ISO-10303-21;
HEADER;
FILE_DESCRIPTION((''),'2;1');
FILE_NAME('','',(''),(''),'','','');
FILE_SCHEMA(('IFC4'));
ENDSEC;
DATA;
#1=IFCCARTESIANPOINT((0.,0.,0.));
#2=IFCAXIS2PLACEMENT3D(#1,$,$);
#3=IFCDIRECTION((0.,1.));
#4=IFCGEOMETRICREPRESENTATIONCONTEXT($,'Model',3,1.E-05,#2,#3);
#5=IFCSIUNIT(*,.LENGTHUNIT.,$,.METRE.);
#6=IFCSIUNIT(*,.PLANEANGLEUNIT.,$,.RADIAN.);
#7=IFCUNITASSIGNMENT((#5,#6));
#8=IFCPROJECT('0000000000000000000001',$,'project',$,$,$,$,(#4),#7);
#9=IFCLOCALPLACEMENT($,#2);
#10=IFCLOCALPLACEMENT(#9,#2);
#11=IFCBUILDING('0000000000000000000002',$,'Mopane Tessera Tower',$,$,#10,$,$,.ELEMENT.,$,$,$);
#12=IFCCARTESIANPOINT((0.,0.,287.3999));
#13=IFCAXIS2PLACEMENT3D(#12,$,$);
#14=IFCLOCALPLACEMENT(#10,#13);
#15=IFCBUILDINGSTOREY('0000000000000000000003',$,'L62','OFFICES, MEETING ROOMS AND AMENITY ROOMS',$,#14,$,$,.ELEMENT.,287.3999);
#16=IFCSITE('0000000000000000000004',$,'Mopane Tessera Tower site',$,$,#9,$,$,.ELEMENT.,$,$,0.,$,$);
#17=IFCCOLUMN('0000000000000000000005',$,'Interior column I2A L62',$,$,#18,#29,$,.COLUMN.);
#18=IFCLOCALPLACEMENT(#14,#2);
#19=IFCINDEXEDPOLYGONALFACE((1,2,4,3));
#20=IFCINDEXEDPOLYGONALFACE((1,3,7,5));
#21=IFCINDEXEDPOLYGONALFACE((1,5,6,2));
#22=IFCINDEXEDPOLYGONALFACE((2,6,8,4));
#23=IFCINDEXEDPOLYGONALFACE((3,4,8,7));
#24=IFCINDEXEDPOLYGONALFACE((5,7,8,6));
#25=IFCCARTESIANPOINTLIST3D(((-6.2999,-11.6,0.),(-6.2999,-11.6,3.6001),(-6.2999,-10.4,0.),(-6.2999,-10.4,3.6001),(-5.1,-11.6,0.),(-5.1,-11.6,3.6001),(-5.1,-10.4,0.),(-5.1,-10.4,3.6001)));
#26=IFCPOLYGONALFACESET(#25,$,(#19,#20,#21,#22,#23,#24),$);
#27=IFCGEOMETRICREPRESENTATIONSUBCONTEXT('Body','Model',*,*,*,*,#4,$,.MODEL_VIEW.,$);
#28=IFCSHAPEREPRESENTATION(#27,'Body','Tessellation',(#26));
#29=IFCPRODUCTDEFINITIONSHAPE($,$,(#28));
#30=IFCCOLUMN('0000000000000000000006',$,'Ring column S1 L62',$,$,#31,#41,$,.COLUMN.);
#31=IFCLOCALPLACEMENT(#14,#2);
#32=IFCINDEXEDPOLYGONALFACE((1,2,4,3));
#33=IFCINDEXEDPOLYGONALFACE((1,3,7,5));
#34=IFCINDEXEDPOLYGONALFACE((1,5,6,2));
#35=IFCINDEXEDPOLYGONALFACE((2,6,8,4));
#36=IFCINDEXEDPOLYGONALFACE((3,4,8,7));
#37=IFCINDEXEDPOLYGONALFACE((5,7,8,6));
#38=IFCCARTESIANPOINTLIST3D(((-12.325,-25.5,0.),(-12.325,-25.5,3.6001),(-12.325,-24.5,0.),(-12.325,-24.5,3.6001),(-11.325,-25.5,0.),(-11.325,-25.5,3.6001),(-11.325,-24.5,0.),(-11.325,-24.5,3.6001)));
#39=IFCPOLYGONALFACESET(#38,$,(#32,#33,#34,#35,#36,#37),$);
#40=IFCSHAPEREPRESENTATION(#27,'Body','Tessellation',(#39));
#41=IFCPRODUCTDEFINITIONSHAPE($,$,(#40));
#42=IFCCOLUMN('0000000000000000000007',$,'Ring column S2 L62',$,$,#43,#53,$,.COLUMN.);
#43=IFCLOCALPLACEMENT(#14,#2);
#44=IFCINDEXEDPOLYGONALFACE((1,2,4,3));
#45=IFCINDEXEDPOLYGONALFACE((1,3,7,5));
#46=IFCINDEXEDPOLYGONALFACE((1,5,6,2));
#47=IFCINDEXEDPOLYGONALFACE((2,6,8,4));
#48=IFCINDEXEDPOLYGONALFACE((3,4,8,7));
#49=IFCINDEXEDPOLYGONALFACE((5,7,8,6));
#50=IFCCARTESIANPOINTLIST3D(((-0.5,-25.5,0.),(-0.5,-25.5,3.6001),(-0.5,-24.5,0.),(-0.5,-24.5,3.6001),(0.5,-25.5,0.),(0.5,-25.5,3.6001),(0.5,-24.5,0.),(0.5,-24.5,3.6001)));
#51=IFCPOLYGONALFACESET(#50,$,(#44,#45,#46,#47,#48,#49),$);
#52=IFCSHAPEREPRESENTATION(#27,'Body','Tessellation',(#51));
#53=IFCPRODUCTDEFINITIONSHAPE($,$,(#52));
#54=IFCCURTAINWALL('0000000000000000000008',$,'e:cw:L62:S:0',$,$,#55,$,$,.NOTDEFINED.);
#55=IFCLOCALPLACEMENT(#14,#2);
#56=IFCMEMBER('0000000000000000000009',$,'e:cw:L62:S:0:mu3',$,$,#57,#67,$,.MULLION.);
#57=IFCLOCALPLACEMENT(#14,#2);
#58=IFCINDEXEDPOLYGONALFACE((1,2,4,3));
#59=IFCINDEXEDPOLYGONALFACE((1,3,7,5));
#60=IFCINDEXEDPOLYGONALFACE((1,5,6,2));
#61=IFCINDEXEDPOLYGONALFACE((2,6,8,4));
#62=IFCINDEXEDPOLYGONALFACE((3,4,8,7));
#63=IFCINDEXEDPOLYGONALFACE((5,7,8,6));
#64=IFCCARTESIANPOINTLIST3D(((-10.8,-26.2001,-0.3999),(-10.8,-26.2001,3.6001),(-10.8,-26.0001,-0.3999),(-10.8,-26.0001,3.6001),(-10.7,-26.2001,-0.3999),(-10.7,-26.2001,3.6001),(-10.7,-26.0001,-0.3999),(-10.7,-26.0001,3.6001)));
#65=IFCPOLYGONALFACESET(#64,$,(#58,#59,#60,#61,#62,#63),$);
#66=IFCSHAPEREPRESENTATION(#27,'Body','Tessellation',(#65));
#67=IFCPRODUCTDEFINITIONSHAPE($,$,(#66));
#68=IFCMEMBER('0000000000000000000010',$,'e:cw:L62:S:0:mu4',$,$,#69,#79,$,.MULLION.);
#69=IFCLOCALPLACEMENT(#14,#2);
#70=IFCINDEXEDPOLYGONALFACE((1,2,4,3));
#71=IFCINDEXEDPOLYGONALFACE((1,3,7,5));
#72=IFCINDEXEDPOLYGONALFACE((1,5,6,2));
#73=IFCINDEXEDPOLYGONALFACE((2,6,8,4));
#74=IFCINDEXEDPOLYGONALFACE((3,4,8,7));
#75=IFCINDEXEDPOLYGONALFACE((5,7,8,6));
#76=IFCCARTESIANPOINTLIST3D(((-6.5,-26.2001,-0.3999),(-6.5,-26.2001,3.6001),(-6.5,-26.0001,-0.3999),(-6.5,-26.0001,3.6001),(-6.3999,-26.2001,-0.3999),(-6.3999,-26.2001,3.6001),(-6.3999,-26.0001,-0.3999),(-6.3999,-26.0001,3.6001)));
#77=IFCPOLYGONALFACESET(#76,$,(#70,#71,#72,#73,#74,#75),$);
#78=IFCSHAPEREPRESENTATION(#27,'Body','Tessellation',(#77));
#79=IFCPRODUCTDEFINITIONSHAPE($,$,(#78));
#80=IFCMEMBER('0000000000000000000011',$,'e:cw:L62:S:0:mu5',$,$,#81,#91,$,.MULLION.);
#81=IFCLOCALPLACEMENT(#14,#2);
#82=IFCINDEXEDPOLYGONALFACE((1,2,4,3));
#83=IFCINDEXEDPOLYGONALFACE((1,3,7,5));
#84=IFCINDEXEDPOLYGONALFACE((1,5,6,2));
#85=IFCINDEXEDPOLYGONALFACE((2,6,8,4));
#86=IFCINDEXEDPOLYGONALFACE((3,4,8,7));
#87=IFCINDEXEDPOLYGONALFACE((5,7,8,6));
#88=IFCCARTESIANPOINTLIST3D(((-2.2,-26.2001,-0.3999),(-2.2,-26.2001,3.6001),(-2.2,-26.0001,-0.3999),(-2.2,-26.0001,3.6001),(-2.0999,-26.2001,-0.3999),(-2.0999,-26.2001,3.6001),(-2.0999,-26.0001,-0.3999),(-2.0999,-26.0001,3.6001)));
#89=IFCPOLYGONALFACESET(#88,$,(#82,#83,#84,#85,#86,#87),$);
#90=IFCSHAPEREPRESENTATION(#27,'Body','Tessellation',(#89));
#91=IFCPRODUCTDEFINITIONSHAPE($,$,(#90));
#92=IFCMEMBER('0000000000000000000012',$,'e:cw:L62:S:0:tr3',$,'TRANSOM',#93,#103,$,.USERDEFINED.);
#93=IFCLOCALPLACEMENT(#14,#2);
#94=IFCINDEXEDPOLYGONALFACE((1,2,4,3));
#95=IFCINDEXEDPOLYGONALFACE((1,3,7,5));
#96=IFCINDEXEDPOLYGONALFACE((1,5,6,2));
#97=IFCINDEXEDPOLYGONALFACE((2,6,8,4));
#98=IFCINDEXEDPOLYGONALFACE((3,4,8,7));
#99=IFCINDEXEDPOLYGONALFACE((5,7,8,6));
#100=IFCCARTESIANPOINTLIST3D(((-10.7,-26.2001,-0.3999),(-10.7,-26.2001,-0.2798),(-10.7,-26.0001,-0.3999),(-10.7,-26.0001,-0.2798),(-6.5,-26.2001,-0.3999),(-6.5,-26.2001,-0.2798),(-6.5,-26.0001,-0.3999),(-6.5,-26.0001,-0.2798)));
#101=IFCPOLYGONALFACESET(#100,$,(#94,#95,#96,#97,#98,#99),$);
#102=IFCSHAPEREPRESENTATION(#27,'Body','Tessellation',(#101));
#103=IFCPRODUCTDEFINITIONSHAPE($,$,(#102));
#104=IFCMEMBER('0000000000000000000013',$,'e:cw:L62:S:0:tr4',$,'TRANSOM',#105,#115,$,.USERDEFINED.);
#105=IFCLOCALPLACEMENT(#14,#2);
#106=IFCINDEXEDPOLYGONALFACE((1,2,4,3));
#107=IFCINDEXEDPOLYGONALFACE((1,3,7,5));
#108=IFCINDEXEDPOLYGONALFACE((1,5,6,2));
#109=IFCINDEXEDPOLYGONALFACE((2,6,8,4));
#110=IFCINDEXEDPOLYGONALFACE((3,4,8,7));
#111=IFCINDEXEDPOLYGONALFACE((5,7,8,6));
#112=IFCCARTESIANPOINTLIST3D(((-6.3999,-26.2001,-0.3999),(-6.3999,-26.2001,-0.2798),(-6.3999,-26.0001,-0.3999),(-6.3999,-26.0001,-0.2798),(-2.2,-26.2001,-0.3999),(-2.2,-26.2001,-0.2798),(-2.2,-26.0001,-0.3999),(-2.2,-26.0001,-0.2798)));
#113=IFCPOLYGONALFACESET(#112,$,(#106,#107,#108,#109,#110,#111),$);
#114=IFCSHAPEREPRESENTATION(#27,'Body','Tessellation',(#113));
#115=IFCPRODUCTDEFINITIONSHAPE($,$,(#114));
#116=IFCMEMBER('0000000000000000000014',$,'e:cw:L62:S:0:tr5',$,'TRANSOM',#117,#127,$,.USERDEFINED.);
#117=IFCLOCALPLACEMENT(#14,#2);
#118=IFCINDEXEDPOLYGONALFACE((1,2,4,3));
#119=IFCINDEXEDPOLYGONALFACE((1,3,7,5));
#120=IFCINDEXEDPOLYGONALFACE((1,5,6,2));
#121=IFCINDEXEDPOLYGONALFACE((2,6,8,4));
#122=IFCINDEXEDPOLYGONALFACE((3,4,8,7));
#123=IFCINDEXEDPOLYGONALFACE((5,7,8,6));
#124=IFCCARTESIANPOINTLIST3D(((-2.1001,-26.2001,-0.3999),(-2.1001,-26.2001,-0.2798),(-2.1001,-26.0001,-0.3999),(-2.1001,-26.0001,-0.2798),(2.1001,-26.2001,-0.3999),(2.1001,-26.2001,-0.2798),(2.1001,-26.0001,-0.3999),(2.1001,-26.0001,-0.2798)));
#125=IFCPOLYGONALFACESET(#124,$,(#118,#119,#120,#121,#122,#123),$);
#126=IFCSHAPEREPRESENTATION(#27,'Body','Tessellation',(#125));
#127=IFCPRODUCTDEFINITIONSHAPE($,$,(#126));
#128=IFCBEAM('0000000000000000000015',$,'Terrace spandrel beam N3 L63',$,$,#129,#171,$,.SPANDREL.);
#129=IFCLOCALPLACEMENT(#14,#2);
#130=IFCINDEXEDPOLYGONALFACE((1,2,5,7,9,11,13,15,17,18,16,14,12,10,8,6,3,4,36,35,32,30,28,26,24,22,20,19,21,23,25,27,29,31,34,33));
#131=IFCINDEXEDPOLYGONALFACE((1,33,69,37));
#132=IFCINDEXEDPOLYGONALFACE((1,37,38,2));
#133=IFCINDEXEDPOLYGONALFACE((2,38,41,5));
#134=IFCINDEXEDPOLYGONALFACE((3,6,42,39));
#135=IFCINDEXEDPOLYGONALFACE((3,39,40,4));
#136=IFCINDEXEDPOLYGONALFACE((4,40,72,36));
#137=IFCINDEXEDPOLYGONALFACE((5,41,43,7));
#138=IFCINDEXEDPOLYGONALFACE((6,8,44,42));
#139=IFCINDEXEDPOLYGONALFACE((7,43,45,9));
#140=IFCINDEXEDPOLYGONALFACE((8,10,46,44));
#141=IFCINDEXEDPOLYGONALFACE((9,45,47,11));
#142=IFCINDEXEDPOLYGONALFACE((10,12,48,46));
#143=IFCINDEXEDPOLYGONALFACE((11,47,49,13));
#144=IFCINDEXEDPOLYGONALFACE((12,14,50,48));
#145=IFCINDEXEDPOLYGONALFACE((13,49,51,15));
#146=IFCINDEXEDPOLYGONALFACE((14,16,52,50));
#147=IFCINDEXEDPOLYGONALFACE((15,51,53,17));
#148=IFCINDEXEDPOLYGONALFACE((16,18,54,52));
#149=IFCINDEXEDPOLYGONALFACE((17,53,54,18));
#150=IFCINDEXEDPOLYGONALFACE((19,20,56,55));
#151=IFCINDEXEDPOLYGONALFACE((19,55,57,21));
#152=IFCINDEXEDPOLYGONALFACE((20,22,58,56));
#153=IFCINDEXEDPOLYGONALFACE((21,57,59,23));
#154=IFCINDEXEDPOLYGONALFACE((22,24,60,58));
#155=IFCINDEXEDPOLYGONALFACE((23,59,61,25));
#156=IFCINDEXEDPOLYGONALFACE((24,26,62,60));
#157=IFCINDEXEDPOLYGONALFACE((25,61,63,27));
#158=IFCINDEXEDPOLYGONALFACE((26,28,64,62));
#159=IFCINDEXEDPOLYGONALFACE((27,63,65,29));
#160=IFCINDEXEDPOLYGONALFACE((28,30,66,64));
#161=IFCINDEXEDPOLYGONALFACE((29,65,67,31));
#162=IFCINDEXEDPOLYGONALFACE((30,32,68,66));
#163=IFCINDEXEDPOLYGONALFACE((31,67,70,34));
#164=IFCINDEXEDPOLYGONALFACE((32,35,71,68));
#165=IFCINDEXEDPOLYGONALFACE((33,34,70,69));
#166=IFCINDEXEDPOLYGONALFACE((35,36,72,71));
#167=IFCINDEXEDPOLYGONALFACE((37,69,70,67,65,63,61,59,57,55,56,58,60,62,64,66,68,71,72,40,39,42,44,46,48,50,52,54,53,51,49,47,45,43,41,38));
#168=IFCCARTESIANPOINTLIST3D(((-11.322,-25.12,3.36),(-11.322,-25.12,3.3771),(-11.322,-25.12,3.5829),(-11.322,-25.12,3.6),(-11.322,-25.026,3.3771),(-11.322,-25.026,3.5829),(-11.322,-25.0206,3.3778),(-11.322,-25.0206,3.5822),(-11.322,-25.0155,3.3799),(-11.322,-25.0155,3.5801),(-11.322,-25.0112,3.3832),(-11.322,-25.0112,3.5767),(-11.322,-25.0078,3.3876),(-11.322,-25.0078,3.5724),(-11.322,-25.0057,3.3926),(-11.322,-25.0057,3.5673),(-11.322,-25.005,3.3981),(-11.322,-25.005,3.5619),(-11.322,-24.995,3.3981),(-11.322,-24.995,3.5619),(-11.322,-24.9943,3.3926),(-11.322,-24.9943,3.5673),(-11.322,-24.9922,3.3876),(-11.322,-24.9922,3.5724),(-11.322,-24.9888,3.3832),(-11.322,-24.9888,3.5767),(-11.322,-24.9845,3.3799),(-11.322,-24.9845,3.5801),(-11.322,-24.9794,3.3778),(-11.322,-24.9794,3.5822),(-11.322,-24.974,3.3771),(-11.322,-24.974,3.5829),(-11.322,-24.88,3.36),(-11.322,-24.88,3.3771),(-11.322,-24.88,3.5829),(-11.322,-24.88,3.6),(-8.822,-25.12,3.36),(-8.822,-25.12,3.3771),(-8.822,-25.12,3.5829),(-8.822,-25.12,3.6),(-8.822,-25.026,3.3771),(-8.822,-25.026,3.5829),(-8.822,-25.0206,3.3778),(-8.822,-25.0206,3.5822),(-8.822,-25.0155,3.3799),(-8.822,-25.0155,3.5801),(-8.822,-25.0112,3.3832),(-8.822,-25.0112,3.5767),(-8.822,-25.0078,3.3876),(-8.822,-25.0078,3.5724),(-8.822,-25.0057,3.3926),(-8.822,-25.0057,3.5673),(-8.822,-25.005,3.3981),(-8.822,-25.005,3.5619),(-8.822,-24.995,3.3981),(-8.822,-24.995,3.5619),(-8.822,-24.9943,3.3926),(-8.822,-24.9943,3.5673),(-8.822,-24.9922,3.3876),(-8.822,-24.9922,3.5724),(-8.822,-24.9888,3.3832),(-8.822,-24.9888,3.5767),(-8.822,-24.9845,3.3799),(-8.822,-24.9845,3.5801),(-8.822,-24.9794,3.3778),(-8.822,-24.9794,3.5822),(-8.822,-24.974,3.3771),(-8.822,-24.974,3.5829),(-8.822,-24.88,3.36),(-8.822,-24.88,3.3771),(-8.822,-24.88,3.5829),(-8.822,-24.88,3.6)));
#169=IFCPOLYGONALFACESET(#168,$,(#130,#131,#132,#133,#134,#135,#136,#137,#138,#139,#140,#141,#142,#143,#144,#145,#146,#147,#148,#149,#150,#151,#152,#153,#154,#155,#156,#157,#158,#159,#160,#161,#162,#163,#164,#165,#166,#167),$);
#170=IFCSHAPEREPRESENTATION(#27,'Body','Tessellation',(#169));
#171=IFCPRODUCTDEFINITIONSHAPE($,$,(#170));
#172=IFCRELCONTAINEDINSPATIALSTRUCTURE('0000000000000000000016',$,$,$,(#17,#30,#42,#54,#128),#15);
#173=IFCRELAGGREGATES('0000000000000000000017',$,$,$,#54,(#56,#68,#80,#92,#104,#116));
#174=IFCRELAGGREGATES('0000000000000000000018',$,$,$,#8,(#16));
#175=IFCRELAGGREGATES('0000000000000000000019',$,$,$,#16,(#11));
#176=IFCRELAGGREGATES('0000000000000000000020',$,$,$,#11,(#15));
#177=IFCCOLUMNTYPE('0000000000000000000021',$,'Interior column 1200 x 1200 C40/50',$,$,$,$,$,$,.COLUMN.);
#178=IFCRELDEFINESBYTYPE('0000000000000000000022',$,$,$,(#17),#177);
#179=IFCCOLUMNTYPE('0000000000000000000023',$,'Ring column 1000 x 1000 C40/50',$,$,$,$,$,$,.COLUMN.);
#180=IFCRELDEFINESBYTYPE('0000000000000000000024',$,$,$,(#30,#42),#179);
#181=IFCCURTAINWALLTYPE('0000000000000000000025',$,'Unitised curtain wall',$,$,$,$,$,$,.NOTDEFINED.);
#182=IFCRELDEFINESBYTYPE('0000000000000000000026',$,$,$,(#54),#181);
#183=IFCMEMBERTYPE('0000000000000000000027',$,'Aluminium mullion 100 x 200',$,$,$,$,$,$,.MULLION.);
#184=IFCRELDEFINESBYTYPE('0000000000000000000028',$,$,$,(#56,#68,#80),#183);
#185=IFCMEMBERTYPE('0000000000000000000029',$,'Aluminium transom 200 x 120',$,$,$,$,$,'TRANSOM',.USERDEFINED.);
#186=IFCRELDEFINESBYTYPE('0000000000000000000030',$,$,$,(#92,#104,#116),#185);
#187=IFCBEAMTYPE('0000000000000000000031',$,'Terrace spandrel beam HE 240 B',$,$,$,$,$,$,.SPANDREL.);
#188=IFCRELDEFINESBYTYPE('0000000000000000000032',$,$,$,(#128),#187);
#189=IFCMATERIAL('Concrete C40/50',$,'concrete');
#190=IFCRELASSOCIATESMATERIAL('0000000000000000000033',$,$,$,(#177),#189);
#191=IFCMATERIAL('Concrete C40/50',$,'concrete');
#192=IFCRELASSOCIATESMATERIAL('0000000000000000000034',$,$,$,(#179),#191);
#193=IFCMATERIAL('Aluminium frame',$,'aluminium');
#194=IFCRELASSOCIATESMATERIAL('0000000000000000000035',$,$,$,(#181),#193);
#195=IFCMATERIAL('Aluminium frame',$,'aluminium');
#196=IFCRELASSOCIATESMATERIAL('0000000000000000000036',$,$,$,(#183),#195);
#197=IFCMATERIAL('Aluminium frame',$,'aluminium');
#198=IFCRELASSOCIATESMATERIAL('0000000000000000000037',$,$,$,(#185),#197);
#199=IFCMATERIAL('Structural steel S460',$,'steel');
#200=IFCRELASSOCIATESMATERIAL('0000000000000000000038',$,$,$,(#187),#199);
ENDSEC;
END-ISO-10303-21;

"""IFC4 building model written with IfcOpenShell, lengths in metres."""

from ifc_helpers import new_model, si_unit, direction, frame, origin, origin_2d, place, context, subcontext, project, spatial, rectangle, i_section, extrude, material, material_profile, profile_set, type_object, element, aggregate, save


model = new_model("IFC4")

# Units and contexts
model_context = context("Model", 3, precision=1e-05, world=origin(), true_north=direction((0.0, 1.0)))
body_context = subcontext(model_context, "Body", "Model", "MODEL_VIEW")
ifc_project = project(units=[si_unit("LENGTHUNIT", "METRE"), si_unit("PLANEANGLEUNIT", "RADIAN")], contexts=[model_context])

# Site, building, storey
site_placement = place(None, origin())
site = spatial("IfcSite", under=ifc_project, at=site_placement, Name="Mopane Tessera Tower site", CompositionType="ELEMENT", RefElevation=0.0)
building_placement = place(site_placement, origin())
building = spatial("IfcBuilding", under=site, at=building_placement, Name="Mopane Tessera Tower", CompositionType="ELEMENT")
storey_placement = place(building_placement, frame((0.0, 0.0, 287.3999)))
storey = spatial("IfcBuildingStorey", under=building, at=storey_placement, Name="L62", Description="OFFICES, MEETING ROOMS AND AMENITY ROOMS", CompositionType="ELEMENT", Elevation=287.3999)

# Columns
ifc_material_1 = material(Name="Concrete C40/50", Category="concrete")
ifc_material_profile_1 = material_profile(ifc_material_1, rectangle(XDim=1.2, YDim=1.2, at=origin_2d()))
ifc_profile_set_1 = profile_set([ifc_material_profile_1], Name="Concrete C40/50")
column_type_1 = type_object("IfcColumnType", Name="Interior column 1200 x 1200 C40/50", PredefinedType="COLUMN", material=ifc_profile_set_1)
column_placement = place(storey_placement, frame((-5.7, -11.0, 0.0), z_axis=(0.0, 0.0, 1.0), x_axis=(1.0, 0.0, 0.0)))
element("IfcColumn", 1, at=column_placement, inside=storey, type_object=column_type_1, Name="Interior column I2A L62", PredefinedType="COLUMN", context=body_context, shape_type="SweptSolid", body=[
    extrude(rectangle(XDim=1.2, YDim=1.2, at=origin_2d()), origin(), (0.0, 0.0, 1.0), 3.6001),
])
ifc_material_2 = material(Name="Concrete C40/50", Category="concrete")
ifc_material_profile_2 = material_profile(ifc_material_2, rectangle(XDim=1.0, YDim=1.0, at=origin_2d()))
ifc_profile_set_2 = profile_set([ifc_material_profile_2], Name="Concrete C40/50")
column_type_2 = type_object("IfcColumnType", Name="Ring column 1000 x 1000 C40/50", PredefinedType="COLUMN", material=ifc_profile_set_2)
for number, where, z_axis, x_axis, name in (
    (2, (-11.825, -25.0, 0.0), (0.0, 0.0, 1.0), (1.0, 0.0, 0.0), "Ring column S1 L62"),
    (3, (0.0, -25.0, 0.0), (0.0, 0.0, 1.0), (1.0, 0.0, 0.0), "Ring column S2 L62"),
):
    element("IfcColumn", number, at=place(storey_placement, frame(where, z_axis=z_axis, x_axis=x_axis)), inside=storey, type_object=column_type_2, Name=name, PredefinedType="COLUMN", context=body_context, shape_type="SweptSolid", body=[
        extrude(rectangle(XDim=1.0, YDim=1.0, at=origin_2d()), origin(), (0.0, 0.0, 1.0), 3.6001),
    ])

# Curtain wall, members
ifc_material_3 = material(Name="Aluminium frame", Category="aluminium")
curtain_wall_type = type_object("IfcCurtainWallType", Name="Unitised curtain wall", PredefinedType="NOTDEFINED", material=ifc_material_3)
curtain_wall_placement = place(storey_placement, origin())
curtain_wall = element("IfcCurtainWall", 4, at=curtain_wall_placement, inside=storey, type_object=curtain_wall_type, Name="e:cw:L62:S:0", PredefinedType="NOTDEFINED")
ifc_material_4 = material(Name="Aluminium frame", Category="aluminium")
ifc_material_profile_3 = material_profile(ifc_material_4, rectangle(XDim=0.1001, YDim=0.2, at=origin_2d()))
ifc_profile_set_3 = profile_set([ifc_material_profile_3], Name="Aluminium frame")
member_type_1 = type_object("IfcMemberType", Name="Aluminium mullion 100 x 200", PredefinedType="MULLION", material=ifc_profile_set_3)
member_1_placement = place(storey_placement, frame((-10.75, -26.1001, -0.3999), z_axis=(0.0, 0.0, 1.0), x_axis=(1.0, 0.0, 0.0)))
member_1 = element("IfcMember", 5, at=member_1_placement, type_object=member_type_1, Name="e:cw:L62:S:0:mu3", PredefinedType="MULLION", context=body_context, shape_type="SweptSolid", body=[
    extrude(rectangle(XDim=0.1001, YDim=0.2, at=origin_2d()), origin(), (0.0, 0.0, 1.0), 4.0),
])
member_2_placement = place(storey_placement, frame((-6.45, -26.1001, -0.3999), z_axis=(0.0, 0.0, 1.0), x_axis=(1.0, 0.0, 0.0)))
member_2 = element("IfcMember", 6, at=member_2_placement, type_object=member_type_1, Name="e:cw:L62:S:0:mu4", PredefinedType="MULLION", context=body_context, shape_type="SweptSolid", body=[
    extrude(rectangle(XDim=0.1001, YDim=0.2, at=origin_2d()), origin(), (0.0, 0.0, 1.0), 4.0),
])
member_3_placement = place(storey_placement, frame((-2.1499, -26.1001, -0.3999), z_axis=(0.0, 0.0, 1.0), x_axis=(1.0, 0.0, 0.0)))
member_3 = element("IfcMember", 7, at=member_3_placement, type_object=member_type_1, Name="e:cw:L62:S:0:mu5", PredefinedType="MULLION", context=body_context, shape_type="SweptSolid", body=[
    extrude(rectangle(XDim=0.1001, YDim=0.2, at=origin_2d()), origin(), (0.0, 0.0, 1.0), 4.0),
])
ifc_material_5 = material(Name="Aluminium frame", Category="aluminium")
ifc_material_profile_4 = material_profile(ifc_material_5, rectangle(XDim=0.2, YDim=0.1201, at=origin_2d()))
ifc_profile_set_4 = profile_set([ifc_material_profile_4], Name="Aluminium frame")
member_type_2 = type_object("IfcMemberType", Name="Aluminium transom 200 x 120", ElementType="TRANSOM", PredefinedType="USERDEFINED", material=ifc_profile_set_4)
member_4_placement = place(storey_placement, frame((-10.7, -26.1001, -0.3398), z_axis=(1.0, 0.0, 0.0), x_axis=(0.0, 1.0, 0.0)))
member_4 = element("IfcMember", 8, at=member_4_placement, type_object=member_type_2, Name="e:cw:L62:S:0:tr3", ObjectType="TRANSOM", PredefinedType="USERDEFINED", context=body_context, shape_type="SweptSolid", body=[
    extrude(rectangle(XDim=0.2, YDim=0.1201, at=origin_2d()), origin(), (0.0, 0.0, 1.0), 4.2),
])
member_5_placement = place(storey_placement, frame((-6.3999, -26.1001, -0.3398), z_axis=(1.0, 0.0, 0.0), x_axis=(0.0, 1.0, 0.0)))
member_5 = element("IfcMember", 9, at=member_5_placement, type_object=member_type_2, Name="e:cw:L62:S:0:tr4", ObjectType="TRANSOM", PredefinedType="USERDEFINED", context=body_context, shape_type="SweptSolid", body=[
    extrude(rectangle(XDim=0.2, YDim=0.1201, at=origin_2d()), origin(), (0.0, 0.0, 1.0), 4.2),
])
member_6_placement = place(storey_placement, frame((-2.1001, -26.1001, -0.3398), z_axis=(1.0, 0.0, 0.0), x_axis=(0.0, 1.0, 0.0)))
member_6 = element("IfcMember", 10, at=member_6_placement, type_object=member_type_2, Name="e:cw:L62:S:0:tr5", ObjectType="TRANSOM", PredefinedType="USERDEFINED", context=body_context, shape_type="SweptSolid", body=[
    extrude(rectangle(XDim=0.2, YDim=0.1201, at=origin_2d()), origin(), (0.0, 0.0, 1.0), 4.2002),
])

# Beam
ifc_material_6 = material(Name="Structural steel S460", Category="steel")
ifc_material_profile_5 = material_profile(ifc_material_6, i_section(OverallWidth=0.24, OverallDepth=0.24, WebThickness=0.01, FlangeThickness=0.0171, FilletRadius=0.021, at=origin_2d()))
ifc_profile_set_5 = profile_set([ifc_material_profile_5], Name="Structural steel S460")
beam_type_1 = type_object("IfcBeamType", Name="Terrace spandrel beam HE 240 B", PredefinedType="SPANDREL", material=ifc_profile_set_5)
beam_1_placement = place(storey_placement, frame((-11.322, -25.0, 3.48), z_axis=(1.0, 0.0, 0.0), x_axis=(0.0, 1.0, 0.0)))
element("IfcBeam", 11, at=beam_1_placement, inside=storey, type_object=beam_type_1, Name="Terrace spandrel beam N3 L63", PredefinedType="SPANDREL", context=body_context, shape_type="SweptSolid", body=[
    extrude(i_section(OverallWidth=0.24, OverallDepth=0.24, WebThickness=0.01, FlangeThickness=0.0171, FilletRadius=0.021, at=origin_2d()), origin(), (0.0, 0.0, 1.0), 2.5),
])

aggregate(curtain_wall, [member_1, member_2, member_3, member_4, member_5, member_6])

save(model, "model.ifc")
